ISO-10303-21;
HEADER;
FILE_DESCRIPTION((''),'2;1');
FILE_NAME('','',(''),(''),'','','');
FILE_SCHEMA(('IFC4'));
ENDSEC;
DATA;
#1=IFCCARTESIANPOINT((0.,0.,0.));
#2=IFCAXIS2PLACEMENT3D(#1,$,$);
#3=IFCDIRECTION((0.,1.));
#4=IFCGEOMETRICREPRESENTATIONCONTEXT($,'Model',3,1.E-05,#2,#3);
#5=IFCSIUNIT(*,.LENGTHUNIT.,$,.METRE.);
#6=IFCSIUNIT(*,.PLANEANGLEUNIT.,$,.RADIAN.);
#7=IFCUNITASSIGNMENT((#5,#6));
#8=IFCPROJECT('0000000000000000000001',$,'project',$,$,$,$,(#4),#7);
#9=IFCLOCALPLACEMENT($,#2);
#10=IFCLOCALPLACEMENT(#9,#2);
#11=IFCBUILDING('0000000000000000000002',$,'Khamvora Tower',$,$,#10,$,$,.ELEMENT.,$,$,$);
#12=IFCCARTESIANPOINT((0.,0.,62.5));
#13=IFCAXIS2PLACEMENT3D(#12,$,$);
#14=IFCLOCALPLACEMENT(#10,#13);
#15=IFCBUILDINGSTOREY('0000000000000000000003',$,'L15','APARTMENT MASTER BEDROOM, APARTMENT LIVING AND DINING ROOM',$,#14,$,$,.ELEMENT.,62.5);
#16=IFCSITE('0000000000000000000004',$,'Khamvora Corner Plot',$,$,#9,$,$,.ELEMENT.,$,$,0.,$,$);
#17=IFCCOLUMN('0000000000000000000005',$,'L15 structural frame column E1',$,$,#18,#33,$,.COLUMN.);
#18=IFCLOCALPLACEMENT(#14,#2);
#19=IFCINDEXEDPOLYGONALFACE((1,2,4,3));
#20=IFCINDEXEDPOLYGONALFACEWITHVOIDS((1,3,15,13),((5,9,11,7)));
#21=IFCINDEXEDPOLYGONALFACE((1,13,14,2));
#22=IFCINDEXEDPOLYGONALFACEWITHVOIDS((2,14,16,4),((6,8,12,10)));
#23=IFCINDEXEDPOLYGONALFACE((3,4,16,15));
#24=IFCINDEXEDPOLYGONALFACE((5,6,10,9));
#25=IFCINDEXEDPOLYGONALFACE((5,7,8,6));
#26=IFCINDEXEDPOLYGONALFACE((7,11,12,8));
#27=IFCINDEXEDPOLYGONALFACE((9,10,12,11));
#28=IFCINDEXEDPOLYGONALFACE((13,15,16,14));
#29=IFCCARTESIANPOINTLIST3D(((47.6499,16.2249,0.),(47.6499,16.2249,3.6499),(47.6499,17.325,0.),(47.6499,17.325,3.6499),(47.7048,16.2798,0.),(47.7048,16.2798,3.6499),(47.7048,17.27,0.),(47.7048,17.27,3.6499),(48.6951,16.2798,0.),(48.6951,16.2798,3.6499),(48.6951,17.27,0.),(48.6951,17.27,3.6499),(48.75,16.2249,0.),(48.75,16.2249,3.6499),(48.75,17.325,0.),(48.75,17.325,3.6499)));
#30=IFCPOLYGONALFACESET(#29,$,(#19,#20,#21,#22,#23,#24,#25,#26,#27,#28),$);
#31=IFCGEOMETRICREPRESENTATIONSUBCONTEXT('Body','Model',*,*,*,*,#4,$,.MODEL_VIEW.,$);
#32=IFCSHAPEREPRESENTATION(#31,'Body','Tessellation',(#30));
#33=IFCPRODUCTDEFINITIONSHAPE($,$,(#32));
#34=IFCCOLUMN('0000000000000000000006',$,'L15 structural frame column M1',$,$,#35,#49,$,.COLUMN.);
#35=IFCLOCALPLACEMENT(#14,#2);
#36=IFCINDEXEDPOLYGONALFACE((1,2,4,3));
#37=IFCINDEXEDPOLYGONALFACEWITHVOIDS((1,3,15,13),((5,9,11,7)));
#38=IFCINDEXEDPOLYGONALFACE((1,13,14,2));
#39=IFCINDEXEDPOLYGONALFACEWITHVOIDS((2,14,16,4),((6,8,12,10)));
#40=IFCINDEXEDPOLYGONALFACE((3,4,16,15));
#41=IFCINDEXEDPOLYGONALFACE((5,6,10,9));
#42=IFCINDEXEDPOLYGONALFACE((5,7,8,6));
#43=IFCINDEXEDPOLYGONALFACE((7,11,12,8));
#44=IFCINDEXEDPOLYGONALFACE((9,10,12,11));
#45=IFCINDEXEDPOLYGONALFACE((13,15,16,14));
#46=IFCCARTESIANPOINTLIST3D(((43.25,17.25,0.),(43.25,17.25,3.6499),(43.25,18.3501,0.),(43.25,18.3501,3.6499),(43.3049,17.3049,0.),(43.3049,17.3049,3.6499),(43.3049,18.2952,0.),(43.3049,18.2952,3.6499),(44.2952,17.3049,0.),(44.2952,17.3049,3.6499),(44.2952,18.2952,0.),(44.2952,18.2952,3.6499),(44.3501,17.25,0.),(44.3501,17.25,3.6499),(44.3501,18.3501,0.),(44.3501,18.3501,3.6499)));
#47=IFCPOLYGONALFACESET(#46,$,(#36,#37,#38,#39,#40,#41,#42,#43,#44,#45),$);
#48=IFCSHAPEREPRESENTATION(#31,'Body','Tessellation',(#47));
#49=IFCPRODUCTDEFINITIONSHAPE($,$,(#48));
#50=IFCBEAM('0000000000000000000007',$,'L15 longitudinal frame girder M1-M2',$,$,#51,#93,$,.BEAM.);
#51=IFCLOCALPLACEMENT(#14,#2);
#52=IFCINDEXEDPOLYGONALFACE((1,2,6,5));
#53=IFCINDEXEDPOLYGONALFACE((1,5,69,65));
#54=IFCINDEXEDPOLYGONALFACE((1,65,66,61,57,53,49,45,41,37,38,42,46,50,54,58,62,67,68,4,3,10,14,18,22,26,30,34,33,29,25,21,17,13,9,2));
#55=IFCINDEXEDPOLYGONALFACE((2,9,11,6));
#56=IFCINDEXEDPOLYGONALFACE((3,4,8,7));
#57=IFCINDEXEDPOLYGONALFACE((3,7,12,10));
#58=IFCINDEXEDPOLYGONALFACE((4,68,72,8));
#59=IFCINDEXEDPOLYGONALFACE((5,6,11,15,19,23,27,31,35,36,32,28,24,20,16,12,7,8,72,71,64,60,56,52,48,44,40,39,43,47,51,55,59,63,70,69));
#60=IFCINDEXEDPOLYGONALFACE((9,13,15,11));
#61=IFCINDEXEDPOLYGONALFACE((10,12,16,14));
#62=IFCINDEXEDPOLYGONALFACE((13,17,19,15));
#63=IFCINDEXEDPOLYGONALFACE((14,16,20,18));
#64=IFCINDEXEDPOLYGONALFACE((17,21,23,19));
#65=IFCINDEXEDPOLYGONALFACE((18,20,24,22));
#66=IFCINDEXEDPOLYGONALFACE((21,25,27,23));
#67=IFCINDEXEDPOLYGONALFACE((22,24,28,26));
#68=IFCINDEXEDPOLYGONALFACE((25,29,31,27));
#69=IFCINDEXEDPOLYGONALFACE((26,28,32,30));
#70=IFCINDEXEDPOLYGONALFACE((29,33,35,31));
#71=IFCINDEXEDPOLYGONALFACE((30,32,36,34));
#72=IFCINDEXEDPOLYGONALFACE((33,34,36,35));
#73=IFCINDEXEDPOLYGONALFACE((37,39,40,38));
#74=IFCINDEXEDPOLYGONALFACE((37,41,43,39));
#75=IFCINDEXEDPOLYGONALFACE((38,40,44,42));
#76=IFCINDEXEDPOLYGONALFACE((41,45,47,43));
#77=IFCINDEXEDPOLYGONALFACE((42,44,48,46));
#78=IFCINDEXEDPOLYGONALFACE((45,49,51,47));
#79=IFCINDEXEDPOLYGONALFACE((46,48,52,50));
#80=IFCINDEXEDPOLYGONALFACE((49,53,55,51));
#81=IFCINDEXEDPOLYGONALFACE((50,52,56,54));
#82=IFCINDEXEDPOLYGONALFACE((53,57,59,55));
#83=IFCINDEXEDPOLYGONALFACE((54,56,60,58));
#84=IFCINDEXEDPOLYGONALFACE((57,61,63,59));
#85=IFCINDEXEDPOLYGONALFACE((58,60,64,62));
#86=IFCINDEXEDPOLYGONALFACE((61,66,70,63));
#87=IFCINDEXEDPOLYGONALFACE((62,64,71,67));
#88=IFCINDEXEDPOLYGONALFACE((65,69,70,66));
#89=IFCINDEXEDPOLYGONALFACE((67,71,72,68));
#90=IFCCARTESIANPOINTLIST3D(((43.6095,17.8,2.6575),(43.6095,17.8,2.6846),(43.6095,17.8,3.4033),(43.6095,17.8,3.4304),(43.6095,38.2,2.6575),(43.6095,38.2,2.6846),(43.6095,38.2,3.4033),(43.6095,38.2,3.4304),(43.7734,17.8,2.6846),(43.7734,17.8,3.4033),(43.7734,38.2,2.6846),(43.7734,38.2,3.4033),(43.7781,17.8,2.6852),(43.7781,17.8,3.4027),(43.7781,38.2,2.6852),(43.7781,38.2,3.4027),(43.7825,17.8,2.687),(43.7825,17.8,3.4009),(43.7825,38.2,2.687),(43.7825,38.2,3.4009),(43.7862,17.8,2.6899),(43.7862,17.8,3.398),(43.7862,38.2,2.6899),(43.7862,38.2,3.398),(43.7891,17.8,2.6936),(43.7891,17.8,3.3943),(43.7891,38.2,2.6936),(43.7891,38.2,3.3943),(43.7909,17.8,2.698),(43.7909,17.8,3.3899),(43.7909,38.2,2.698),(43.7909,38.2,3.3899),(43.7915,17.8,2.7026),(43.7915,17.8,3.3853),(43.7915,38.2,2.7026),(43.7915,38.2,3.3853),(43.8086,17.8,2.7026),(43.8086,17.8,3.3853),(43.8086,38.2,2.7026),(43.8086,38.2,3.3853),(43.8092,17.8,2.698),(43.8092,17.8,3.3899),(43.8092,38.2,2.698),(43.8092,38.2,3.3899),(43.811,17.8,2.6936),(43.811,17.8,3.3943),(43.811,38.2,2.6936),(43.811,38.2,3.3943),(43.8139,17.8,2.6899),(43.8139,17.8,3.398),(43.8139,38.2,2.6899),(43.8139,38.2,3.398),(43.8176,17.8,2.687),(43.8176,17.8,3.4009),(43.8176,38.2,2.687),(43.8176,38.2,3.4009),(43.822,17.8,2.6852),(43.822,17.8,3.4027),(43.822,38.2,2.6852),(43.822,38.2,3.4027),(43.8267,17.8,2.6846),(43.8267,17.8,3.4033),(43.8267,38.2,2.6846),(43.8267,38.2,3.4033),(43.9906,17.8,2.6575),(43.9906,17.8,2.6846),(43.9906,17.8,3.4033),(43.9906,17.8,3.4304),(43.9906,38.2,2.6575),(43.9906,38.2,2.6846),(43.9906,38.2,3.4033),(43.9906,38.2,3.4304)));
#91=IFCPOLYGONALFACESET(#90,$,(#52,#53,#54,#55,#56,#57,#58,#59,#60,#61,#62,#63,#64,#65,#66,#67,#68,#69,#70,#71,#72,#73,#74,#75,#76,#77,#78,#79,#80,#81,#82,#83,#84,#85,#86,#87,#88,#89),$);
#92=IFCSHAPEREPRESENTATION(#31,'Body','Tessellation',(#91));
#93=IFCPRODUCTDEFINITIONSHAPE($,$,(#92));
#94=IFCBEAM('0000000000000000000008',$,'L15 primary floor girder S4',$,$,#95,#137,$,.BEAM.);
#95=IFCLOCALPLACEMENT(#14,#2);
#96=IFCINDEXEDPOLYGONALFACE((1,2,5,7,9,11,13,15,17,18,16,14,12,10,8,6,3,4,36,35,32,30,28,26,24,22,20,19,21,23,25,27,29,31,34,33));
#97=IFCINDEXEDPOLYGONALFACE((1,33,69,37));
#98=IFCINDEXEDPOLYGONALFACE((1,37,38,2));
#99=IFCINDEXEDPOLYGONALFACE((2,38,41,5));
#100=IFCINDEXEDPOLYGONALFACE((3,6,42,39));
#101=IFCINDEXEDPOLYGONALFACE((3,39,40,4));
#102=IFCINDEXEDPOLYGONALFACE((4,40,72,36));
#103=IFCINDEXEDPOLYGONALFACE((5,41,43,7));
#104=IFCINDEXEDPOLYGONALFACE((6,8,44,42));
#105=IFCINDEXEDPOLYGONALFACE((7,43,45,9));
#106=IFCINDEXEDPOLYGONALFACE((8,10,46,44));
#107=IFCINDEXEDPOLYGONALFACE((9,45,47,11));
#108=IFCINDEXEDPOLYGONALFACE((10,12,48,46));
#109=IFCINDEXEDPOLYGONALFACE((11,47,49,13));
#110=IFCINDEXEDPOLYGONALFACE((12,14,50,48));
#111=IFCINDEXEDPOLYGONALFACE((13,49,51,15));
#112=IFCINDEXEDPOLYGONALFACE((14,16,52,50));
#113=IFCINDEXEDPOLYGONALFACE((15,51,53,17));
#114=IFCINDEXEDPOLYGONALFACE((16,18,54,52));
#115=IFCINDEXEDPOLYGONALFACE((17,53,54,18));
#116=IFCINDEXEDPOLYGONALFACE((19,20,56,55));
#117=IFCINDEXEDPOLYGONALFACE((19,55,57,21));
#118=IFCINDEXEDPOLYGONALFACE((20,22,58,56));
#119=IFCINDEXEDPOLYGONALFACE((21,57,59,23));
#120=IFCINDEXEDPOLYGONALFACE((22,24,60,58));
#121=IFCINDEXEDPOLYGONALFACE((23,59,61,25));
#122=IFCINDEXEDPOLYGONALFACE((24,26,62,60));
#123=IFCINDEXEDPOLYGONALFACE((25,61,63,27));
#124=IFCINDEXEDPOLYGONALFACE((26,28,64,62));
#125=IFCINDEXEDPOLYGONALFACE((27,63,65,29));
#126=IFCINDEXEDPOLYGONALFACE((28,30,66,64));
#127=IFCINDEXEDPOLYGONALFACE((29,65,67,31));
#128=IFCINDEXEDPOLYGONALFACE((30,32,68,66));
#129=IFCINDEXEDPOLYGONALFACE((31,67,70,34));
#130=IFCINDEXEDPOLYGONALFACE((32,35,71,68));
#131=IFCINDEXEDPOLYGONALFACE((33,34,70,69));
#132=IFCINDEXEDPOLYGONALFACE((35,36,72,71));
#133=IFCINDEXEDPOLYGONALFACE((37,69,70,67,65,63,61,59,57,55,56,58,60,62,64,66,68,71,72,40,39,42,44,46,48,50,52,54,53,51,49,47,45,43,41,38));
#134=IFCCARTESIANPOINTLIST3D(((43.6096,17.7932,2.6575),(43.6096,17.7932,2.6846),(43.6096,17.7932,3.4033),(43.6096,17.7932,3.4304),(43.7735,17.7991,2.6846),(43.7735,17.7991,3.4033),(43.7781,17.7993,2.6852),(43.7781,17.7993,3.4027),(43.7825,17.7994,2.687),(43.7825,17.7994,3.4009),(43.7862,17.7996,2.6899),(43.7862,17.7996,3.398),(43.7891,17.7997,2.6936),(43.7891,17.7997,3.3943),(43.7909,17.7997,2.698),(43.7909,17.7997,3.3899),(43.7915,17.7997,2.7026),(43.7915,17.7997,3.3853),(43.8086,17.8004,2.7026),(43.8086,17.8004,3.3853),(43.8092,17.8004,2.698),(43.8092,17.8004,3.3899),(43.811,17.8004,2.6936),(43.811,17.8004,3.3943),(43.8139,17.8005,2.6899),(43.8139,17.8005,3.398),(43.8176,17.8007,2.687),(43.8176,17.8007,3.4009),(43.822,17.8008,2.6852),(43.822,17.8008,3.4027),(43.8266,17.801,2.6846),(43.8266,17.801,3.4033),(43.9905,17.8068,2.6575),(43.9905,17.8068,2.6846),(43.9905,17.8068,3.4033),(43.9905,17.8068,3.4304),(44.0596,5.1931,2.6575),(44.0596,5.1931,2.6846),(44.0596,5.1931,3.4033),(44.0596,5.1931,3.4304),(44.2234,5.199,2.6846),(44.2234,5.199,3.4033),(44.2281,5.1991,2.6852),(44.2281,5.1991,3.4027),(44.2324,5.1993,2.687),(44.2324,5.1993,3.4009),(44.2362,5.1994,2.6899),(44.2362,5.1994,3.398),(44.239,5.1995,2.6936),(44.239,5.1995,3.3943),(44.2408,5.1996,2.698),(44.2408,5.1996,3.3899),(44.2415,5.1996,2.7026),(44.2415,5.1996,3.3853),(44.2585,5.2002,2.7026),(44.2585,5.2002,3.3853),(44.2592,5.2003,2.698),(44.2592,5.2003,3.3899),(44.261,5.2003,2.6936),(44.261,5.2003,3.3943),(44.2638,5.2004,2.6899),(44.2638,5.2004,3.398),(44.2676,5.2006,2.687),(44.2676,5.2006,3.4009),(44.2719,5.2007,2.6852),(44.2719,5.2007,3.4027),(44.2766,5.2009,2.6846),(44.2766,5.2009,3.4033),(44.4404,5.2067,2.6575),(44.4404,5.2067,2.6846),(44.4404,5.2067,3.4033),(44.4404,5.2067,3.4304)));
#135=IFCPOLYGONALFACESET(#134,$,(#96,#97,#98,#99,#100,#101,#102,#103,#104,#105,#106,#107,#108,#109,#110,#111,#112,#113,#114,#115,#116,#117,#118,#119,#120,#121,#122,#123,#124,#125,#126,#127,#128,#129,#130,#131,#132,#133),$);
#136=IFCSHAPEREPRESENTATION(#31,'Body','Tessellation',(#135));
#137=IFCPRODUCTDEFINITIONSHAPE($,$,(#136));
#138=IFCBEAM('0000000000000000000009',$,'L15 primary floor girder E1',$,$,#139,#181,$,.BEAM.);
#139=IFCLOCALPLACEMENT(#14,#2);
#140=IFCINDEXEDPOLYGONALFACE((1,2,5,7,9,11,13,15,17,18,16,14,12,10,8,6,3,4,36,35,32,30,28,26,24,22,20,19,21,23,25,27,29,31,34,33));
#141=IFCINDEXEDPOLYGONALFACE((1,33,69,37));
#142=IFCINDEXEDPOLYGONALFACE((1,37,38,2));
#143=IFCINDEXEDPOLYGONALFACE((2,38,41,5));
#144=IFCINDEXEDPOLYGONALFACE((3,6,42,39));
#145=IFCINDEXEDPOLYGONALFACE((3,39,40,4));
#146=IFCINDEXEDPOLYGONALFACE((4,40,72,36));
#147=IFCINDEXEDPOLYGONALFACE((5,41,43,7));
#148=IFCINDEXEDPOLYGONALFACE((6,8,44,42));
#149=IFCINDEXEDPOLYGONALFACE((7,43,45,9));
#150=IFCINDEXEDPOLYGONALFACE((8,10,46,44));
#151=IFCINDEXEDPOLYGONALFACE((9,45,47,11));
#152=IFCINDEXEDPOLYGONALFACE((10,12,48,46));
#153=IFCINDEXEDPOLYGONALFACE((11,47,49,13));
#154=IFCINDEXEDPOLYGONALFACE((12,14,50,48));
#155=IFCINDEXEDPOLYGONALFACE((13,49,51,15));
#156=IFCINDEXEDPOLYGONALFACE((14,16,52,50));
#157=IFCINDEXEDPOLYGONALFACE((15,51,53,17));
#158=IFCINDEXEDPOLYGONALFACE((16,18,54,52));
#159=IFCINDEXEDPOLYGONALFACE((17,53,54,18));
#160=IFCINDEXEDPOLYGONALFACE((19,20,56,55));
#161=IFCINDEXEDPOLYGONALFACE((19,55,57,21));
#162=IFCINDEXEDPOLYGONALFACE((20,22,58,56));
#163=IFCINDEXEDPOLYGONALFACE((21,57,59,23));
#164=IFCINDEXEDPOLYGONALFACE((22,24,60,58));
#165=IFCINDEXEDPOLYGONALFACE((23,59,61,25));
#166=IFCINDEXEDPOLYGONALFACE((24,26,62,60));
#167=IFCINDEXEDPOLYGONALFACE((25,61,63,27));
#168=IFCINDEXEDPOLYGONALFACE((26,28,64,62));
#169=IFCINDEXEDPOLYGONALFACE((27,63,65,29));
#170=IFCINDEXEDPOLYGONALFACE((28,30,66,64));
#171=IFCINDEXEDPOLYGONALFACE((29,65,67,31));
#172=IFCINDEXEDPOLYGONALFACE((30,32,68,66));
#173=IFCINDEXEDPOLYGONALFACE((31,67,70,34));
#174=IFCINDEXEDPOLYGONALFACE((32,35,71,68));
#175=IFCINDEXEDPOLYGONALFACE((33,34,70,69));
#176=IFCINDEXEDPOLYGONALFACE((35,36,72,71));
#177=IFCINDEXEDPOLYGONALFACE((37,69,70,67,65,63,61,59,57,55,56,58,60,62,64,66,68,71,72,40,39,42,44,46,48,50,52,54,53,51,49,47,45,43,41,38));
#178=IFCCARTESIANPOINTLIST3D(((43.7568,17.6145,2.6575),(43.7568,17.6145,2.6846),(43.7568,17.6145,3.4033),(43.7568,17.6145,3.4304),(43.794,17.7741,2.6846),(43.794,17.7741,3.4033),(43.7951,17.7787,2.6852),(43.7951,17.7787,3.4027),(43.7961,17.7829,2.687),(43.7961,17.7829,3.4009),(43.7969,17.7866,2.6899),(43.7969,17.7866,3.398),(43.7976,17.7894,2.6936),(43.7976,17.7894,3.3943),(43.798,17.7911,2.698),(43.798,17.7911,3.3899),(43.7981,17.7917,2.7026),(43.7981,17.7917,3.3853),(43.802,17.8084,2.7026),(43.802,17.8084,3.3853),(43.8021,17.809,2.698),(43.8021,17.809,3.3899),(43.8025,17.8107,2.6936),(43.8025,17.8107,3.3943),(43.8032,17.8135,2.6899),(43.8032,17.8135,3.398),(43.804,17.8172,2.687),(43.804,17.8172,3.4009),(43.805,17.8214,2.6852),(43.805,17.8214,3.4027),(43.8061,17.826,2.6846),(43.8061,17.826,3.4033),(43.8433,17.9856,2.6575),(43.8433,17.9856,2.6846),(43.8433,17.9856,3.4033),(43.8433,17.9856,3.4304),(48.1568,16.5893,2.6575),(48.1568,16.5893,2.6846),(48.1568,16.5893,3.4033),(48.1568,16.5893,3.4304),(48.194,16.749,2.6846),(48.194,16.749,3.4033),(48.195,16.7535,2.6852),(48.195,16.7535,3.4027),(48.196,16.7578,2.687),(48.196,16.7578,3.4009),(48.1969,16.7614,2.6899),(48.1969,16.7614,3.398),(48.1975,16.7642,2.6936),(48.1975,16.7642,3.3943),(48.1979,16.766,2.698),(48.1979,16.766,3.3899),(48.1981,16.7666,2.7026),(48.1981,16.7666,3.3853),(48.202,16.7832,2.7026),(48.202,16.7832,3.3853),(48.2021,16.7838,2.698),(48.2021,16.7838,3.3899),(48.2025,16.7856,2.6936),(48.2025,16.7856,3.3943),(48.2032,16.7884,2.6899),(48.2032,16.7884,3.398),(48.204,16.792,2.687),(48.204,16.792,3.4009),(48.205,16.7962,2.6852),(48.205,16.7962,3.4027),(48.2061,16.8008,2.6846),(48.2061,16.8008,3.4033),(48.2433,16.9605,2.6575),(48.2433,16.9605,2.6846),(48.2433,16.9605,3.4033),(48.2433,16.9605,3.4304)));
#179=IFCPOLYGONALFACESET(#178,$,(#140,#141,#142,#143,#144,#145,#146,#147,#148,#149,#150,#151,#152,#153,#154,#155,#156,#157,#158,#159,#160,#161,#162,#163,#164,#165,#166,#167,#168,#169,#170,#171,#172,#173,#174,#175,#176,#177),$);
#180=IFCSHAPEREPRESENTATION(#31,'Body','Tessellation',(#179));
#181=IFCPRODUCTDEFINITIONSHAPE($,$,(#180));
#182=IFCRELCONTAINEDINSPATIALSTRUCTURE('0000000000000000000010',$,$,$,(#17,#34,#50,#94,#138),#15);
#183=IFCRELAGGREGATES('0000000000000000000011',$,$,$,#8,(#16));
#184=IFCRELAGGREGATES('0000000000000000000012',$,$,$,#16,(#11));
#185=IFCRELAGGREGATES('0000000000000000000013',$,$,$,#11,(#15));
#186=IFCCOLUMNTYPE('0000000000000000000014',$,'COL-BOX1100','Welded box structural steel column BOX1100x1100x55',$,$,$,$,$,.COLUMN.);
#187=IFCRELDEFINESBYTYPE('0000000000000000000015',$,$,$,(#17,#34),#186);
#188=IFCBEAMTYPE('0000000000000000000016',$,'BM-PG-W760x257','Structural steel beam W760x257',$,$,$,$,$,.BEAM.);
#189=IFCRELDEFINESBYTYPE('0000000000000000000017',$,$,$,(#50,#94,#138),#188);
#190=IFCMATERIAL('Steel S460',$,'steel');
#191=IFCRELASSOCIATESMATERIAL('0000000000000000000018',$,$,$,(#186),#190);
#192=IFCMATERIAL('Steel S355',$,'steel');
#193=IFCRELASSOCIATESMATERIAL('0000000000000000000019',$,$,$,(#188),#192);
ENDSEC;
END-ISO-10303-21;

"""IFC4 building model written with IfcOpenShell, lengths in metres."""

from ifc_helpers import new_model, si_unit, direction, frame, origin, origin_2d, place, context, subcontext, project, spatial, hollow_rectangle, i_section, extrude, material, material_profile, profile_set, type_object, element, save


model = new_model("IFC4")

# Units and contexts
model_context = context("Model", 3, precision=1e-05, world=origin(), true_north=direction((0.0, 1.0)))
body_context = subcontext(model_context, "Body", "Model", "MODEL_VIEW")
ifc_project = project(units=[si_unit("LENGTHUNIT", "METRE"), si_unit("PLANEANGLEUNIT", "RADIAN")], contexts=[model_context])

# Site, building, storey
site_placement = place(None, origin())
site = spatial("IfcSite", under=ifc_project, at=site_placement, Name="Khamvora Corner Plot", CompositionType="ELEMENT", RefElevation=0.0)
building_placement = place(site_placement, origin())
building = spatial("IfcBuilding", under=site, at=building_placement, Name="Khamvora Tower", CompositionType="ELEMENT")
storey_placement = place(building_placement, frame((0.0, 0.0, 62.5)))
storey = spatial("IfcBuildingStorey", under=building, at=storey_placement, Name="L15", Description="APARTMENT MASTER BEDROOM, APARTMENT LIVING AND DINING ROOM", CompositionType="ELEMENT", Elevation=62.5)

# Columns
ifc_material_1 = material(Name="Steel S460", Category="steel")
ifc_material_profile_1 = material_profile(ifc_material_1, hollow_rectangle(XDim=1.1001, YDim=1.1001, WallThickness=0.0549, at=origin_2d()), Name="BOX1100x1100x55")
ifc_profile_set_1 = profile_set([ifc_material_profile_1], Name="Steel S460")
column_type = type_object("IfcColumnType", Name="COL-BOX1100", Description="Welded box structural steel column BOX1100x1100x55", PredefinedType="COLUMN", material=ifc_profile_set_1)
for number, where, z_axis, x_axis, name in (
    (1, (48.2, 16.7749, 0.0), (0.0, 0.0, 1.0), (1.0, 0.0, 0.0), "L15 structural frame column E1"),
    (2, (43.8, 17.8, 0.0), (0.0, 0.0, 1.0), (1.0, 0.0, 0.0), "L15 structural frame column M1"),
):
    element("IfcColumn", number, at=place(storey_placement, frame(where, z_axis=z_axis, x_axis=x_axis)), inside=storey, type_object=column_type, Name=name, PredefinedType="COLUMN", context=body_context, shape_type="SweptSolid", body=[
        extrude(hollow_rectangle(XDim=1.1001, YDim=1.1001, WallThickness=0.0549, at=origin_2d()), origin(), (0.0, 0.0, 1.0), 3.6499),
    ])

# Beams
ifc_material_2 = material(Name="Steel S355", Category="steel")
ifc_material_profile_2 = material_profile(ifc_material_2, i_section(OverallWidth=0.3811, OverallDepth=0.7729, WebThickness=0.0171, FlangeThickness=0.0271, FilletRadius=0.0181, at=origin_2d()), Name="W760x257")
ifc_profile_set_2 = profile_set([ifc_material_profile_2], Name="Steel S355")
beam_type_1 = type_object("IfcBeamType", Name="BM-PG-W760x257", Description="Structural steel beam W760x257", PredefinedType="BEAM", material=ifc_profile_set_2)
beam_1_placement = place(storey_placement, frame((43.8, 17.8, 3.0439), z_axis=(0.0, 1.0, 0.0), x_axis=(-1.0, 0.0, 0.0)))
element("IfcBeam", 3, at=beam_1_placement, inside=storey, type_object=beam_type_1, Name="L15 longitudinal frame girder M1-M2", PredefinedType="BEAM", context=body_context, shape_type="SweptSolid", body=[
    extrude(i_section(OverallWidth=0.3811, OverallDepth=0.7729, WebThickness=0.0171, FlangeThickness=0.0271, FilletRadius=0.0181, at=origin_2d()), origin(), (0.0, 0.0, 1.0), 20.3999),
])
beam_2_placement = place(storey_placement, frame((43.8, 17.8, 3.0439), z_axis=(0.035687, -0.999363, 0.0), x_axis=(0.999363, 0.035687, 0.0)))
element("IfcBeam", 4, at=beam_2_placement, inside=storey, type_object=beam_type_1, Name="L15 primary floor girder S4", PredefinedType="BEAM", context=body_context, shape_type="SweptSolid", body=[
    extrude(i_section(OverallWidth=0.3811, OverallDepth=0.7729, WebThickness=0.0171, FlangeThickness=0.0271, FilletRadius=0.0181, at=origin_2d()), origin(), (0.0, 0.0, 1.0), 12.6082),
])
beam_3_placement = place(storey_placement, frame((43.8, 17.8, 3.0439), z_axis=(0.973915, -0.226915, 0.0), x_axis=(0.226915, 0.973915, 0.0)))
element("IfcBeam", 5, at=beam_3_placement, inside=storey, type_object=beam_type_1, Name="L15 primary floor girder E1", PredefinedType="BEAM", context=body_context, shape_type="SweptSolid", body=[
    extrude(i_section(OverallWidth=0.3811, OverallDepth=0.7729, WebThickness=0.0171, FlangeThickness=0.0271, FilletRadius=0.0181, at=origin_2d()), origin(), (0.0, 0.0, 1.0), 4.5178),
])

save(model, "model.ifc")
